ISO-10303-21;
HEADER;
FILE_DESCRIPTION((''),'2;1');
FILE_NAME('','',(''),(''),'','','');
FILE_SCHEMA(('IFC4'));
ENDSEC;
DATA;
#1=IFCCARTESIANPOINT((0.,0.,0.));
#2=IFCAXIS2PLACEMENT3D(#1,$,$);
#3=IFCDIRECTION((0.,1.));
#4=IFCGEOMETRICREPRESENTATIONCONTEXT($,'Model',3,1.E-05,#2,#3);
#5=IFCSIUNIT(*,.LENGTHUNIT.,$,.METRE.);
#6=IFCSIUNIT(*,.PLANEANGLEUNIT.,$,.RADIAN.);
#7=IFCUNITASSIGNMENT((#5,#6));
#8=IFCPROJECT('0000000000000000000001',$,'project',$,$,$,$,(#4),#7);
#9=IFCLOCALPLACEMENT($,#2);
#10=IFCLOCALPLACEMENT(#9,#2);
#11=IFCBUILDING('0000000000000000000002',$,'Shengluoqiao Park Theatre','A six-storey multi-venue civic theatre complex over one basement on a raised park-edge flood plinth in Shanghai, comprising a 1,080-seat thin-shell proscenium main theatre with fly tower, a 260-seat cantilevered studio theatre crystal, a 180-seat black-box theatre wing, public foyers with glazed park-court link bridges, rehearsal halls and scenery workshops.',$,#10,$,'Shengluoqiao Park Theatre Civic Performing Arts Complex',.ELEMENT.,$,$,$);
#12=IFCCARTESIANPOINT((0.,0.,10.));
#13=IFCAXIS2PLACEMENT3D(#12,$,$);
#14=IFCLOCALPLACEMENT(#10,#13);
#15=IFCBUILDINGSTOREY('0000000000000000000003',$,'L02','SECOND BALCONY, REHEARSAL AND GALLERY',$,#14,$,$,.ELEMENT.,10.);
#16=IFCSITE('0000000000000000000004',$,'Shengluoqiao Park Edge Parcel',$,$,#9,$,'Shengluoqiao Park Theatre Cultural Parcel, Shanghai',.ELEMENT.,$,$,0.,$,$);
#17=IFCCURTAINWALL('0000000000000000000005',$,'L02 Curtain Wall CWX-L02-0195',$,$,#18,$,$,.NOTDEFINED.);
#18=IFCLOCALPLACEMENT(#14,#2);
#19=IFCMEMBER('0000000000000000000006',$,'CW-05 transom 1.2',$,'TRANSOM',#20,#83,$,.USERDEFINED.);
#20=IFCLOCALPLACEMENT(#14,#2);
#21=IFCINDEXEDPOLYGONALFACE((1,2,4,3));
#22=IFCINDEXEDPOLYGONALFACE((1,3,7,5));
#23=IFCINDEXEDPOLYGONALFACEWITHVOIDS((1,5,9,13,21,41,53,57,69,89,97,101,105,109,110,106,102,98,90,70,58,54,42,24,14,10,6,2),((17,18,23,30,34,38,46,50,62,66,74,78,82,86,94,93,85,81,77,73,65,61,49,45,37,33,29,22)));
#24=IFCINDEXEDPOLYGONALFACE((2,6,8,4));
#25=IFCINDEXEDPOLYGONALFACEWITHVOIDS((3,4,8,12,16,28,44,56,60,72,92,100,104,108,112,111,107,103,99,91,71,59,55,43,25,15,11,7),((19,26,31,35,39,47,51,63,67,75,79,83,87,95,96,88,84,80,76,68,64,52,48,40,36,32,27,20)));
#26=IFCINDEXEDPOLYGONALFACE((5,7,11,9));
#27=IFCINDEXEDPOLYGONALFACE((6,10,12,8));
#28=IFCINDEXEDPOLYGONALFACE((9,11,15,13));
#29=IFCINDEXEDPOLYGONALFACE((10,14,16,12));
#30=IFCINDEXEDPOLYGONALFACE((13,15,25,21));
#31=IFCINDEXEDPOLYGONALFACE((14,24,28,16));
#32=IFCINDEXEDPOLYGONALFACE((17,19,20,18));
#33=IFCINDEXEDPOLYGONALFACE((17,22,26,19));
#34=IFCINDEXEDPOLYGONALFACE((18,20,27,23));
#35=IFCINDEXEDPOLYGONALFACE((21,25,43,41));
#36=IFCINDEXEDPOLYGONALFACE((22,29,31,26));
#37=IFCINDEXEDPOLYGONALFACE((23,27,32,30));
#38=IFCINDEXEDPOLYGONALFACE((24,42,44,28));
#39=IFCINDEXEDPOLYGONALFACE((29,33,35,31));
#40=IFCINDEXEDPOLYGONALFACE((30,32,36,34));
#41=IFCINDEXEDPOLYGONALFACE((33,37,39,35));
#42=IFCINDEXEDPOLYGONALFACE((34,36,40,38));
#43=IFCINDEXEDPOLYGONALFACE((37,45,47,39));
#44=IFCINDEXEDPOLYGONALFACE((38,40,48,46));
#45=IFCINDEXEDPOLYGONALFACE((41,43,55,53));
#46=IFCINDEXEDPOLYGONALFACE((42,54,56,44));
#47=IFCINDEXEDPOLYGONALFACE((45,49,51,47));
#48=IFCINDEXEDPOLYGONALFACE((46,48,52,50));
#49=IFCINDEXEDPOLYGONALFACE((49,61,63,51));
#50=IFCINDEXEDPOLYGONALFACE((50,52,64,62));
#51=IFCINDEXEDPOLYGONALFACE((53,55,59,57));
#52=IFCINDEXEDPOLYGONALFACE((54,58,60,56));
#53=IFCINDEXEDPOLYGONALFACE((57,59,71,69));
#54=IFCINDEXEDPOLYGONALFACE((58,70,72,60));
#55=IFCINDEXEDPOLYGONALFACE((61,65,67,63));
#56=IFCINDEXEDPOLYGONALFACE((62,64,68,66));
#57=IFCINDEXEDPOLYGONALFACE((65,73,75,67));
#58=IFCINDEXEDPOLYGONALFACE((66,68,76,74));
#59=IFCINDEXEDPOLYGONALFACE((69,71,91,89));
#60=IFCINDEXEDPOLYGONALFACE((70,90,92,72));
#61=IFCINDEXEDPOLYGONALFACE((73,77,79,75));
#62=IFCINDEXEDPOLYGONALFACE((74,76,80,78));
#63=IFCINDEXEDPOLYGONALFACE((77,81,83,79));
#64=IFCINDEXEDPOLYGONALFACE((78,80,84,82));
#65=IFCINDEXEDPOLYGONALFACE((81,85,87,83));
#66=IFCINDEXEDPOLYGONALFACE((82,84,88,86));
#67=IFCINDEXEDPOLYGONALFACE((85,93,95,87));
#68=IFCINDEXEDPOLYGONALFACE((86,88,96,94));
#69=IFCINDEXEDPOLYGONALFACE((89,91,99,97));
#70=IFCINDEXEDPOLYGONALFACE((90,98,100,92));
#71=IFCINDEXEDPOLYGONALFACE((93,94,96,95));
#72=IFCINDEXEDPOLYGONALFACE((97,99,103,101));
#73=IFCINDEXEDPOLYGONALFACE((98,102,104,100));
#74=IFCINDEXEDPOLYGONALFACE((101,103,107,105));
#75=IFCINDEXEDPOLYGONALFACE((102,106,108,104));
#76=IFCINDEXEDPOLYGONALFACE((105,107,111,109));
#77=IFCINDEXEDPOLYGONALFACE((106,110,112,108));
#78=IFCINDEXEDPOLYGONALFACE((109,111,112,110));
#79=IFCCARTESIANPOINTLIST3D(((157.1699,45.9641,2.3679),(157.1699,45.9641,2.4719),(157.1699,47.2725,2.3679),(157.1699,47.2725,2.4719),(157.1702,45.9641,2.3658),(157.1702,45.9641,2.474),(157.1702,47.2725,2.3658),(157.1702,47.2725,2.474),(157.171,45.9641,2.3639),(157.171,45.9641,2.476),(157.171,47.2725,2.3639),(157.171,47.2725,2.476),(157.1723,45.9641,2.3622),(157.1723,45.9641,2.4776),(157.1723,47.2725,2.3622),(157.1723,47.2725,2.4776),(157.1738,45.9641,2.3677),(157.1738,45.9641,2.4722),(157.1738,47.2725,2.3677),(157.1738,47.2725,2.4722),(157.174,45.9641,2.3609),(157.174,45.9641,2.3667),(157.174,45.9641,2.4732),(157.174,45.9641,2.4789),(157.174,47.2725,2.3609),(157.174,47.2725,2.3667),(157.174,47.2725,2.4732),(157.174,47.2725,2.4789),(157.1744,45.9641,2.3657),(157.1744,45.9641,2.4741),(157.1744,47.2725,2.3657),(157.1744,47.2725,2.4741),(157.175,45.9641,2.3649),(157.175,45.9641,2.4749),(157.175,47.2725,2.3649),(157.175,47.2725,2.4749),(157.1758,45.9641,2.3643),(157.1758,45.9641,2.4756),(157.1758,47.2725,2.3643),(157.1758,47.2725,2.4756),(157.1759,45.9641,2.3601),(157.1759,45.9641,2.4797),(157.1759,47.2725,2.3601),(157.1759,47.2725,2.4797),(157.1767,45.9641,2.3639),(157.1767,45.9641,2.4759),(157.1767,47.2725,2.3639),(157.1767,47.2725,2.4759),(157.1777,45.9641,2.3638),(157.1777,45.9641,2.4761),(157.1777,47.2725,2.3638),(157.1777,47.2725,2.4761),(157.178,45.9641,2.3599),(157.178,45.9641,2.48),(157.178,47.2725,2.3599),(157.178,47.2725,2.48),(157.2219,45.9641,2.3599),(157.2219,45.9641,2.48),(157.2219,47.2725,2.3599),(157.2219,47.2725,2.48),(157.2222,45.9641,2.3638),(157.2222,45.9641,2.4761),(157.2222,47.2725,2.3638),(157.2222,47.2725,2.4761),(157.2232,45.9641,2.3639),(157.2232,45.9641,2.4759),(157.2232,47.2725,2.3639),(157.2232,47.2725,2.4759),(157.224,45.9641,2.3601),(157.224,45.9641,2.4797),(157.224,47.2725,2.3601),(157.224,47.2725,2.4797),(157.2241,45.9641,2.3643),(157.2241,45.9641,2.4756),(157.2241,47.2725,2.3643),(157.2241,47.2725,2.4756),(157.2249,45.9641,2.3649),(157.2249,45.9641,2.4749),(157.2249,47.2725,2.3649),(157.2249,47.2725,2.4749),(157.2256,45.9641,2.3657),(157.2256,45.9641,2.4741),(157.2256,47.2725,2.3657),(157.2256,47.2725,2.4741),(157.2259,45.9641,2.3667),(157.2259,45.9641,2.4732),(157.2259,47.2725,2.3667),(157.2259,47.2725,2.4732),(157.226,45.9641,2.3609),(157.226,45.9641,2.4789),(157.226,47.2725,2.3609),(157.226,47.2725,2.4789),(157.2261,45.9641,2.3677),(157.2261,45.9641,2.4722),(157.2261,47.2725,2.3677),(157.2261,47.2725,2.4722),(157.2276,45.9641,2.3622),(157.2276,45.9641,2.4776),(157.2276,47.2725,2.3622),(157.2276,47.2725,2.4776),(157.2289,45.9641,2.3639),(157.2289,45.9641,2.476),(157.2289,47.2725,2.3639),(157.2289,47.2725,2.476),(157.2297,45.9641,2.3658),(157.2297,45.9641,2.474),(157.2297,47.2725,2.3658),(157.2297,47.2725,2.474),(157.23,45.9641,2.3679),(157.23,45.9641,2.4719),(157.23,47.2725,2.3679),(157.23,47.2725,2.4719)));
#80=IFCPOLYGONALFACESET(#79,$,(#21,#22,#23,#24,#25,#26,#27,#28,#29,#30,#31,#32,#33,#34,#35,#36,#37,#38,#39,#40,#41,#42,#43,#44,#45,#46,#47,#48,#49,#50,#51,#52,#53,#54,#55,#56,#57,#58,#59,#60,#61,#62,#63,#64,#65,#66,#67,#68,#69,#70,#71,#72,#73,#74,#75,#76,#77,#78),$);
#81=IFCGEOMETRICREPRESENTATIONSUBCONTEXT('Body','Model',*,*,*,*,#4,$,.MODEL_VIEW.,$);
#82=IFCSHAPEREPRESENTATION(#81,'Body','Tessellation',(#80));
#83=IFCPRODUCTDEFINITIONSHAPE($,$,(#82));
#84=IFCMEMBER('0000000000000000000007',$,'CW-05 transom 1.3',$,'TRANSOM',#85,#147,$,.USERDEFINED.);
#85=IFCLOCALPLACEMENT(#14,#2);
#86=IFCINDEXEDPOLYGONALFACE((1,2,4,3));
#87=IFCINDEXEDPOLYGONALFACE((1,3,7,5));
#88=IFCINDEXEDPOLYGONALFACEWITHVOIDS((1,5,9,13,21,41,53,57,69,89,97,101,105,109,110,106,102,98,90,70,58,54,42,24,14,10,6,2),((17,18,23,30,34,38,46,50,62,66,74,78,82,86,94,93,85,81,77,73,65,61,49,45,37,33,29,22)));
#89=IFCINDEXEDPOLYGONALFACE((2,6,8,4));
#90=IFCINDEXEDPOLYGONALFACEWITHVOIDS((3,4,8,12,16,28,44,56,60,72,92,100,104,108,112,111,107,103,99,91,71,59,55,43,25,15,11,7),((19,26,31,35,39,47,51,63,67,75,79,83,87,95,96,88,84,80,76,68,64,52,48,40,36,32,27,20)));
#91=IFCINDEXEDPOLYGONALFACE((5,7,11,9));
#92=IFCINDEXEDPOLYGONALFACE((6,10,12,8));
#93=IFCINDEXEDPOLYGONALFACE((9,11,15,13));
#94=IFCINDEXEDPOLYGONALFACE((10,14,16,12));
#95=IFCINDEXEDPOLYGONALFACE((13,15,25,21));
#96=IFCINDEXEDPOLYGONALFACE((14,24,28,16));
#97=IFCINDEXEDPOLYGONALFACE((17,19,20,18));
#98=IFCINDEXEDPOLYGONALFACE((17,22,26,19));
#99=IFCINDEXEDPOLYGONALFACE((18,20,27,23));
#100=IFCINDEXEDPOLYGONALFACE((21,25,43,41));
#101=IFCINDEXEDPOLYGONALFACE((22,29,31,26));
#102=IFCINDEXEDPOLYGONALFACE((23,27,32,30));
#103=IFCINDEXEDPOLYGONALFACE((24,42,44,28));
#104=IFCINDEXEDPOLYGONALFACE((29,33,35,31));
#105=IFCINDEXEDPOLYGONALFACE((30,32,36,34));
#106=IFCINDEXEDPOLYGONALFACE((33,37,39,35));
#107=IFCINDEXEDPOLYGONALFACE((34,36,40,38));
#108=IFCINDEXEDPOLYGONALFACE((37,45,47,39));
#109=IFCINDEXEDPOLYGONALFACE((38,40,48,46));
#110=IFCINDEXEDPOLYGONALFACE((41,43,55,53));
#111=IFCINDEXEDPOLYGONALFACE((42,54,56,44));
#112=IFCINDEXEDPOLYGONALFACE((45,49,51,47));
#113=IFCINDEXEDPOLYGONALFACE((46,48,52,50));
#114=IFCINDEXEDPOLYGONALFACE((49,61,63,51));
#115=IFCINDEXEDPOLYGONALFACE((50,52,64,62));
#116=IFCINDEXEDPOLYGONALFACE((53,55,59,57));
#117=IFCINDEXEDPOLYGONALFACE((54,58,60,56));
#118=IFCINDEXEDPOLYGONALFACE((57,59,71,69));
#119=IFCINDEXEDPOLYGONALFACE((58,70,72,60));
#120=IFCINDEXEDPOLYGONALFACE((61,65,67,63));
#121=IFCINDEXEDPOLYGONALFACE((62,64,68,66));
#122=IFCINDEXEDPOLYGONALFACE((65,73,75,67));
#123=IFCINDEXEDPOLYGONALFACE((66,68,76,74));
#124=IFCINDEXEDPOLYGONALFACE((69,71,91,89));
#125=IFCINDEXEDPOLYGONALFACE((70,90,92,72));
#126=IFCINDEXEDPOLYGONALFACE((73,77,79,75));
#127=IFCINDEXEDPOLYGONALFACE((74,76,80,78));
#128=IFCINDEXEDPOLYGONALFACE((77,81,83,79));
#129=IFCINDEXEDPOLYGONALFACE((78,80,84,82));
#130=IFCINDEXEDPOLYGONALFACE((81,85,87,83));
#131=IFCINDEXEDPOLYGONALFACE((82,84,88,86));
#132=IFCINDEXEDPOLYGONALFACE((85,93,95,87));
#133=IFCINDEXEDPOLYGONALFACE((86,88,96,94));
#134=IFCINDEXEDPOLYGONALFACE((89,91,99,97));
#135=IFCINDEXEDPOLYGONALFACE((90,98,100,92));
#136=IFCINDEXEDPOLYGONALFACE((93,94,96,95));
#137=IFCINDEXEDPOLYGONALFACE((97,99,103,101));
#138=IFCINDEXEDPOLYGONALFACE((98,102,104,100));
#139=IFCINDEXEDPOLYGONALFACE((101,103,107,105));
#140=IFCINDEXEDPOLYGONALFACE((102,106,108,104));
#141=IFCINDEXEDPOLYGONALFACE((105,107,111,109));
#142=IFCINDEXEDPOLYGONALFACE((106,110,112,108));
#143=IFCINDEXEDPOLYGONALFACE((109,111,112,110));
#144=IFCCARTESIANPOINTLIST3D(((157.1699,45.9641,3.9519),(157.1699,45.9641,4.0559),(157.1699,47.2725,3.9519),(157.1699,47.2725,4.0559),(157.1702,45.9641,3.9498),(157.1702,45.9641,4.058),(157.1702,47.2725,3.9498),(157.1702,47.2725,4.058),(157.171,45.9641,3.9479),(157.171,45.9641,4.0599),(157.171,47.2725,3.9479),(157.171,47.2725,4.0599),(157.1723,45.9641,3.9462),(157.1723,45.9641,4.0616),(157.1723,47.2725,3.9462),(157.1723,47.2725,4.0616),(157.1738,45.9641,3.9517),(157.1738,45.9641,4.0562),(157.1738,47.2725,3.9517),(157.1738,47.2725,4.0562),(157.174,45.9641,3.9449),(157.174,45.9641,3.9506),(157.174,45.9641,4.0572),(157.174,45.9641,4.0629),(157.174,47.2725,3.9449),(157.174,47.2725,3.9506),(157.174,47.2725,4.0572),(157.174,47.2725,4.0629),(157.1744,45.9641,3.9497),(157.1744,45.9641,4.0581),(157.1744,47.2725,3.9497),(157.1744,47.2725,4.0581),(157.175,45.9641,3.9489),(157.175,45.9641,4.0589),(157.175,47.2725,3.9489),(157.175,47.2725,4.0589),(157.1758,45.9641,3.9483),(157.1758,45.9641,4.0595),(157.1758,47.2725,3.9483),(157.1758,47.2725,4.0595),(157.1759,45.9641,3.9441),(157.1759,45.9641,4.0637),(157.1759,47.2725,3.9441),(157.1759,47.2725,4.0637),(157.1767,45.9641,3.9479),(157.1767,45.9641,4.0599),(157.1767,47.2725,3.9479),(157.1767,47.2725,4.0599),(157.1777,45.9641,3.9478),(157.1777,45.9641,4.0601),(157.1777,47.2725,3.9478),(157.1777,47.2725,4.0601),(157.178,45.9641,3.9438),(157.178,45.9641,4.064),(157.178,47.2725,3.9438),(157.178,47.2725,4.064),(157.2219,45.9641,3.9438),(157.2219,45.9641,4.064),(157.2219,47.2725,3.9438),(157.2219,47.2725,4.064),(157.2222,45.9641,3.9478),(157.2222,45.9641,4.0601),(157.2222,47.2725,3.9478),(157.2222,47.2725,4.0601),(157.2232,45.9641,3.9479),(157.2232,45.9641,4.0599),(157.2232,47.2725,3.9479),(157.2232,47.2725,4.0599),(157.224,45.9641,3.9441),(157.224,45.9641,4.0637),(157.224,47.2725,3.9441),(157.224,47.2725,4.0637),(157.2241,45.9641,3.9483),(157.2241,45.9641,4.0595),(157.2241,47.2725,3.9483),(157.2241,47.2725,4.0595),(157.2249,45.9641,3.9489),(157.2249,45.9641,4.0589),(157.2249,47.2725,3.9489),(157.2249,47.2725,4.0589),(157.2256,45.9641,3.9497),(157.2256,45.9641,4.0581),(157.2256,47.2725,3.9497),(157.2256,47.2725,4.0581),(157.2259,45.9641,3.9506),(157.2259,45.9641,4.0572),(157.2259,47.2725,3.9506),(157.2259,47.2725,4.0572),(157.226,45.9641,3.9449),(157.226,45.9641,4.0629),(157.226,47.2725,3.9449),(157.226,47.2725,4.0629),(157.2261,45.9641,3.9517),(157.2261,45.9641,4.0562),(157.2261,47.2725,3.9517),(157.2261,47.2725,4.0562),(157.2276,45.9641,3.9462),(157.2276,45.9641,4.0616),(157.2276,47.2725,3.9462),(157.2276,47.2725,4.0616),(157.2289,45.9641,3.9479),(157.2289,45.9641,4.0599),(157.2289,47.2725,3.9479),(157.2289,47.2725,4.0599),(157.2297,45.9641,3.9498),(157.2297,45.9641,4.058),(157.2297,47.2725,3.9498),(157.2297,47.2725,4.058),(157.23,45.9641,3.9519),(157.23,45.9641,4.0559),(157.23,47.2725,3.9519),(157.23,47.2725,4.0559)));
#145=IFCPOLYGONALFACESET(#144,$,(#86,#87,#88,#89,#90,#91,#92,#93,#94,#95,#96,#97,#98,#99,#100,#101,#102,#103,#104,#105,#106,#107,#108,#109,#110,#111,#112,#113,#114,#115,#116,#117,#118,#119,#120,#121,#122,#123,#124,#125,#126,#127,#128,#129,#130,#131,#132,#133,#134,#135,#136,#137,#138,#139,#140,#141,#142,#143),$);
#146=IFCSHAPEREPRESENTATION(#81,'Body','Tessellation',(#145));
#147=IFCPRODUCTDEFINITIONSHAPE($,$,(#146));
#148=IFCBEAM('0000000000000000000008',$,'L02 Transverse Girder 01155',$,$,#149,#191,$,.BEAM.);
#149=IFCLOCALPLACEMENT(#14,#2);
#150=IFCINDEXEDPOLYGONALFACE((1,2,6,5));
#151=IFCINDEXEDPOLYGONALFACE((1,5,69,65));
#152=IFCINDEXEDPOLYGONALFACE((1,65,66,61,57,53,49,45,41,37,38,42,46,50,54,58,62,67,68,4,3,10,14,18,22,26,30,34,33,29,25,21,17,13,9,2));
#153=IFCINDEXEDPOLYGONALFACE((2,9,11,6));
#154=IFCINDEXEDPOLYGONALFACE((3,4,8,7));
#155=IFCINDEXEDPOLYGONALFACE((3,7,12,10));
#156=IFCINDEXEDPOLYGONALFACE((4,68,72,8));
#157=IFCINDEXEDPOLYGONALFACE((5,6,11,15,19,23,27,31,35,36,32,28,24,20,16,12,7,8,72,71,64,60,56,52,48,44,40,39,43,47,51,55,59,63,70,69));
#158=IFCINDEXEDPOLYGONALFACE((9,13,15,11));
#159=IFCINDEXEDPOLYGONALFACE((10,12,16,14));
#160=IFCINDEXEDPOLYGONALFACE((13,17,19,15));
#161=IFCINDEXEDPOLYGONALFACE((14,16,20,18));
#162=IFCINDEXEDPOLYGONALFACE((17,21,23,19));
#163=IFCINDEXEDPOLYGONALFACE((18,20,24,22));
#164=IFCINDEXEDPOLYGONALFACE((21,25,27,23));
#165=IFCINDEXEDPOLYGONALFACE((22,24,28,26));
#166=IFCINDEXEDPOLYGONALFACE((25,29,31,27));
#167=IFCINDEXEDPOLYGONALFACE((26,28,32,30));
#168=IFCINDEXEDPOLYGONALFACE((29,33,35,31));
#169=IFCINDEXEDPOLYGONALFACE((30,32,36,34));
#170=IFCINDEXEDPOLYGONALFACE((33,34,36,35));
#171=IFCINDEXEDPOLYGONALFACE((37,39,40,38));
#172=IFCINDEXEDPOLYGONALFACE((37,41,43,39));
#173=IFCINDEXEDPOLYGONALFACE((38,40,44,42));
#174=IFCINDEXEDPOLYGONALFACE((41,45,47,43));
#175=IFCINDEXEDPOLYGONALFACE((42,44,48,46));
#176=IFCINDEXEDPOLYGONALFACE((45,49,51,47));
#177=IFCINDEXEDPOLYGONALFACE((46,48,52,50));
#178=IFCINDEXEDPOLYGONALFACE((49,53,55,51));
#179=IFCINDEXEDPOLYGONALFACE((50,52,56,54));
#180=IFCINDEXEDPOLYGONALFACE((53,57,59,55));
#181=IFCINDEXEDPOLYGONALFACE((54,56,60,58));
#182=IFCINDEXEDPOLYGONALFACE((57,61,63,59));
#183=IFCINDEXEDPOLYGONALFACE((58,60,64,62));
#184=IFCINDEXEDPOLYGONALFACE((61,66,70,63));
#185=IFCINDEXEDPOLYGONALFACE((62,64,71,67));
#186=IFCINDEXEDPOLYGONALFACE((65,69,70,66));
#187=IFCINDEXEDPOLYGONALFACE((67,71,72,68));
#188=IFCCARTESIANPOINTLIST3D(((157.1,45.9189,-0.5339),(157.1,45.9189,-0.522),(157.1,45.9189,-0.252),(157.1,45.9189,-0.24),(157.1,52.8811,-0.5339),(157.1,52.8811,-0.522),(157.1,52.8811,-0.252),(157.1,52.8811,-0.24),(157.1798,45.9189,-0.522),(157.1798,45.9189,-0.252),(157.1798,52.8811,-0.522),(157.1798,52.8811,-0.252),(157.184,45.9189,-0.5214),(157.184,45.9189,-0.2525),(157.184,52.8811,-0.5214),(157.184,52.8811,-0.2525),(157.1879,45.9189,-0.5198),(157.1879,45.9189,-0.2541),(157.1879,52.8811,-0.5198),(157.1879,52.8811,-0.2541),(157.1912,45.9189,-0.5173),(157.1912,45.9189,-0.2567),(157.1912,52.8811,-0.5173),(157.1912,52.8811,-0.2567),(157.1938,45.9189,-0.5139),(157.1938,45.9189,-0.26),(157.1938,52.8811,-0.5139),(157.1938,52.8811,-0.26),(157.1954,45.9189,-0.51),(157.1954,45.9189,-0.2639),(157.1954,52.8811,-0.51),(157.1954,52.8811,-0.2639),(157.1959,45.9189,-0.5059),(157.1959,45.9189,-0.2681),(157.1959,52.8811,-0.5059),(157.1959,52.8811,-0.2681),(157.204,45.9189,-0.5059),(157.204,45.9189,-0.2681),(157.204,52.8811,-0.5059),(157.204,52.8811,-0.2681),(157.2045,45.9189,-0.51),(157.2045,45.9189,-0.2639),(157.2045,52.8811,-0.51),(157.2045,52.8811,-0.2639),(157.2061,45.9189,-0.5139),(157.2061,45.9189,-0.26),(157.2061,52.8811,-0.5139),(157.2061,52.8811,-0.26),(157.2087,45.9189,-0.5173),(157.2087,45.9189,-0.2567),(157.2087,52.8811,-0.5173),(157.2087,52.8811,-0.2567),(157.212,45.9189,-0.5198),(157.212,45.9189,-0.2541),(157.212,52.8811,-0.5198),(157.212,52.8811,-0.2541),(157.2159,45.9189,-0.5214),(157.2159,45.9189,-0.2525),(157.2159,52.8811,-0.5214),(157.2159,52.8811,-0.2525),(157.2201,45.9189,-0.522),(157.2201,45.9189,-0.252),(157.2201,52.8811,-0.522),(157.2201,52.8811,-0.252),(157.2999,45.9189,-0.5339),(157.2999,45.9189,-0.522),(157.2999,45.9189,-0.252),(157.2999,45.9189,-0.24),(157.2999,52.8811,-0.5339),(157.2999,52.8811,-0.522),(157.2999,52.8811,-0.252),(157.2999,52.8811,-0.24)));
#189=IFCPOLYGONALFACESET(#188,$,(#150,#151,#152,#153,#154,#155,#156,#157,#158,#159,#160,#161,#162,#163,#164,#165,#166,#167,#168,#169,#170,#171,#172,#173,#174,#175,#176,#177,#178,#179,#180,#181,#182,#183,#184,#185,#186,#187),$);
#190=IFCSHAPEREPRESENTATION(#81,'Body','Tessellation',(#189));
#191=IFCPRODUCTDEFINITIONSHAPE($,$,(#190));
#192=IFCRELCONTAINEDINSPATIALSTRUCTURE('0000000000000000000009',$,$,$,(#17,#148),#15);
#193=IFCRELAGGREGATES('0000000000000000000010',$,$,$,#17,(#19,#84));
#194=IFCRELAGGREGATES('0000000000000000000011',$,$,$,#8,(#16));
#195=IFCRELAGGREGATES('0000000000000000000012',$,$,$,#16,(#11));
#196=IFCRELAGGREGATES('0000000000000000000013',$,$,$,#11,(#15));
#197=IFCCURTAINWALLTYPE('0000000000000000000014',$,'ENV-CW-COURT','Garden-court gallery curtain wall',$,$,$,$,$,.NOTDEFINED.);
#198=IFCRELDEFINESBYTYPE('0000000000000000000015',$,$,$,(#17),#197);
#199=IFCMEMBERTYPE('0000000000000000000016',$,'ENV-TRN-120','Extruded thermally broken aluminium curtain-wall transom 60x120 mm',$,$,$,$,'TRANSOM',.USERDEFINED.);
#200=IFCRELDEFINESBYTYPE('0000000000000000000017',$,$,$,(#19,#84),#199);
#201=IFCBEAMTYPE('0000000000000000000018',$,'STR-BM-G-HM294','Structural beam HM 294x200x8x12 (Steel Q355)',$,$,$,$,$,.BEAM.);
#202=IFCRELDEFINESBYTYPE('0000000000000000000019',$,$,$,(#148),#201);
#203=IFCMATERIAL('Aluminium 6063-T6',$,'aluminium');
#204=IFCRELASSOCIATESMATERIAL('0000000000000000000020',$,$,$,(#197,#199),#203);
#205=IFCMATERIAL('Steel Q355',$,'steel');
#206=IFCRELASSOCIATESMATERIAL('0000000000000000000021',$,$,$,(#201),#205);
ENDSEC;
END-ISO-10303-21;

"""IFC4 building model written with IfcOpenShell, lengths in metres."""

from ifc_helpers import new_model, si_unit, direction, frame, origin, origin_2d, place, context, subcontext, project, spatial, hollow_rectangle, i_section, extrude, material, material_profile, profile_set, type_object, element, aggregate, save


model = new_model("IFC4")

# Units and contexts
model_context = context("Model", 3, precision=1e-05, world=origin(), true_north=direction((0.0, 1.0)))
body_context = subcontext(model_context, "Body", "Model", "MODEL_VIEW")
ifc_project = project(units=[si_unit("LENGTHUNIT", "METRE"), si_unit("PLANEANGLEUNIT", "RADIAN")], contexts=[model_context])

# Site, building, storey
site_placement = place(None, origin())
site = spatial("IfcSite", under=ifc_project, at=site_placement, Name="Shengluoqiao Park Edge Parcel", LongName="Shengluoqiao Park Theatre Cultural Parcel, Shanghai", CompositionType="ELEMENT", RefElevation=0.0)
building_placement = place(site_placement, origin())
building = spatial("IfcBuilding", under=site, at=building_placement, Name="Shengluoqiao Park Theatre", Description="A six-storey multi-venue civic theatre complex over one basement on a raised park-edge flood plinth in Shanghai, comprising a 1,080-seat thin-shell proscenium main theatre with fly tower, a 260-seat cantilevered studio theatre crystal, a 180-seat black-box theatre wing, public foyers with glazed park-court link bridges, rehearsal halls and scenery workshops.", LongName="Shengluoqiao Park Theatre Civic Performing Arts Complex", CompositionType="ELEMENT")
storey_placement = place(building_placement, frame((0.0, 0.0, 10.0)))
storey = spatial("IfcBuildingStorey", under=building, at=storey_placement, Name="L02", Description="SECOND BALCONY, REHEARSAL AND GALLERY", CompositionType="ELEMENT", Elevation=10.0)

# Curtain wall
ifc_material_1 = material(Name="Aluminium 6063-T6", Category="aluminium")
curtain_wall_type = type_object("IfcCurtainWallType", Name="ENV-CW-COURT", Description="Garden-court gallery curtain wall", PredefinedType="NOTDEFINED", material=ifc_material_1)
curtain_wall_1_placement = place(storey_placement, origin())
curtain_wall_1 = element("IfcCurtainWall", 1, at=curtain_wall_1_placement, inside=storey, type_object=curtain_wall_type, Name="L02 Curtain Wall CWX-L02-0195", PredefinedType="NOTDEFINED")

# Members
ifc_material_profile_1 = material_profile(ifc_material_1, hollow_rectangle(XDim=0.0601, YDim=0.1201, WallThickness=0.0039, InnerFilletRadius=0.0039, OuterFilletRadius=0.0081, at=origin_2d()), Name="ALU TRANSOM 120x60x4")
ifc_profile_set_1 = profile_set([ifc_material_profile_1], Name="Aluminium 6063-T6")
member_type_1 = type_object("IfcMemberType", Name="ENV-TRN-120", Description="Extruded thermally broken aluminium curtain-wall transom 60x120 mm", ElementType="TRANSOM", PredefinedType="USERDEFINED", material=ifc_profile_set_1)
member_1_placement = place(storey_placement, frame((157.2, 45.9641, 2.4199), z_axis=(0.0, 1.0, 0.0), x_axis=(-1.0, 0.0, 0.0)))
member_1 = element("IfcMember", 2, at=member_1_placement, type_object=member_type_1, Name="CW-05 transom 1.2", ObjectType="TRANSOM", PredefinedType="USERDEFINED", context=body_context, shape_type="SweptSolid", body=[
    extrude(hollow_rectangle(XDim=0.0601, YDim=0.1201, WallThickness=0.0039, InnerFilletRadius=0.0039, OuterFilletRadius=0.0081, at=origin_2d()), origin(), (0.0, 0.0, 1.0), 1.3083),
])
member_2_placement = place(storey_placement, frame((157.2, 45.9641, 4.0039), z_axis=(0.0, 1.0, 0.0), x_axis=(-1.0, 0.0, 0.0)))
member_2 = element("IfcMember", 3, at=member_2_placement, type_object=member_type_1, Name="CW-05 transom 1.3", ObjectType="TRANSOM", PredefinedType="USERDEFINED", context=body_context, shape_type="SweptSolid", body=[
    extrude(hollow_rectangle(XDim=0.0601, YDim=0.1201, WallThickness=0.0039, InnerFilletRadius=0.0039, OuterFilletRadius=0.0081, at=origin_2d()), origin(), (0.0, 0.0, 1.0), 1.3083),
])

# Beam
ifc_material_2 = material(Name="Steel Q355", Category="steel")
ifc_material_profile_2 = material_profile(ifc_material_2, i_section(OverallWidth=0.2, OverallDepth=0.2939, WebThickness=0.0081, FlangeThickness=0.012, FilletRadius=0.0161, at=origin_2d()), Name="HM 294x200x8x12")
ifc_profile_set_2 = profile_set([ifc_material_profile_2], Name="Steel Q355")
beam_type = type_object("IfcBeamType", Name="STR-BM-G-HM294", Description="Structural beam HM 294x200x8x12 (Steel Q355)", PredefinedType="BEAM", material=ifc_profile_set_2)
beam_placement = place(storey_placement, frame((157.2, 45.9189, -0.387), z_axis=(0.0, 1.0, 0.0), x_axis=(-1.0, 0.0, 0.0)))
element("IfcBeam", 4, at=beam_placement, inside=storey, type_object=beam_type, Name="L02 Transverse Girder 01155", PredefinedType="BEAM", context=body_context, shape_type="SweptSolid", body=[
    extrude(i_section(OverallWidth=0.2, OverallDepth=0.2939, WebThickness=0.0081, FlangeThickness=0.012, FilletRadius=0.0161, at=origin_2d()), origin(), (0.0, 0.0, 1.0), 6.9622),
])

aggregate(curtain_wall_1, [member_1, member_2])

save(model, "model.ifc")
